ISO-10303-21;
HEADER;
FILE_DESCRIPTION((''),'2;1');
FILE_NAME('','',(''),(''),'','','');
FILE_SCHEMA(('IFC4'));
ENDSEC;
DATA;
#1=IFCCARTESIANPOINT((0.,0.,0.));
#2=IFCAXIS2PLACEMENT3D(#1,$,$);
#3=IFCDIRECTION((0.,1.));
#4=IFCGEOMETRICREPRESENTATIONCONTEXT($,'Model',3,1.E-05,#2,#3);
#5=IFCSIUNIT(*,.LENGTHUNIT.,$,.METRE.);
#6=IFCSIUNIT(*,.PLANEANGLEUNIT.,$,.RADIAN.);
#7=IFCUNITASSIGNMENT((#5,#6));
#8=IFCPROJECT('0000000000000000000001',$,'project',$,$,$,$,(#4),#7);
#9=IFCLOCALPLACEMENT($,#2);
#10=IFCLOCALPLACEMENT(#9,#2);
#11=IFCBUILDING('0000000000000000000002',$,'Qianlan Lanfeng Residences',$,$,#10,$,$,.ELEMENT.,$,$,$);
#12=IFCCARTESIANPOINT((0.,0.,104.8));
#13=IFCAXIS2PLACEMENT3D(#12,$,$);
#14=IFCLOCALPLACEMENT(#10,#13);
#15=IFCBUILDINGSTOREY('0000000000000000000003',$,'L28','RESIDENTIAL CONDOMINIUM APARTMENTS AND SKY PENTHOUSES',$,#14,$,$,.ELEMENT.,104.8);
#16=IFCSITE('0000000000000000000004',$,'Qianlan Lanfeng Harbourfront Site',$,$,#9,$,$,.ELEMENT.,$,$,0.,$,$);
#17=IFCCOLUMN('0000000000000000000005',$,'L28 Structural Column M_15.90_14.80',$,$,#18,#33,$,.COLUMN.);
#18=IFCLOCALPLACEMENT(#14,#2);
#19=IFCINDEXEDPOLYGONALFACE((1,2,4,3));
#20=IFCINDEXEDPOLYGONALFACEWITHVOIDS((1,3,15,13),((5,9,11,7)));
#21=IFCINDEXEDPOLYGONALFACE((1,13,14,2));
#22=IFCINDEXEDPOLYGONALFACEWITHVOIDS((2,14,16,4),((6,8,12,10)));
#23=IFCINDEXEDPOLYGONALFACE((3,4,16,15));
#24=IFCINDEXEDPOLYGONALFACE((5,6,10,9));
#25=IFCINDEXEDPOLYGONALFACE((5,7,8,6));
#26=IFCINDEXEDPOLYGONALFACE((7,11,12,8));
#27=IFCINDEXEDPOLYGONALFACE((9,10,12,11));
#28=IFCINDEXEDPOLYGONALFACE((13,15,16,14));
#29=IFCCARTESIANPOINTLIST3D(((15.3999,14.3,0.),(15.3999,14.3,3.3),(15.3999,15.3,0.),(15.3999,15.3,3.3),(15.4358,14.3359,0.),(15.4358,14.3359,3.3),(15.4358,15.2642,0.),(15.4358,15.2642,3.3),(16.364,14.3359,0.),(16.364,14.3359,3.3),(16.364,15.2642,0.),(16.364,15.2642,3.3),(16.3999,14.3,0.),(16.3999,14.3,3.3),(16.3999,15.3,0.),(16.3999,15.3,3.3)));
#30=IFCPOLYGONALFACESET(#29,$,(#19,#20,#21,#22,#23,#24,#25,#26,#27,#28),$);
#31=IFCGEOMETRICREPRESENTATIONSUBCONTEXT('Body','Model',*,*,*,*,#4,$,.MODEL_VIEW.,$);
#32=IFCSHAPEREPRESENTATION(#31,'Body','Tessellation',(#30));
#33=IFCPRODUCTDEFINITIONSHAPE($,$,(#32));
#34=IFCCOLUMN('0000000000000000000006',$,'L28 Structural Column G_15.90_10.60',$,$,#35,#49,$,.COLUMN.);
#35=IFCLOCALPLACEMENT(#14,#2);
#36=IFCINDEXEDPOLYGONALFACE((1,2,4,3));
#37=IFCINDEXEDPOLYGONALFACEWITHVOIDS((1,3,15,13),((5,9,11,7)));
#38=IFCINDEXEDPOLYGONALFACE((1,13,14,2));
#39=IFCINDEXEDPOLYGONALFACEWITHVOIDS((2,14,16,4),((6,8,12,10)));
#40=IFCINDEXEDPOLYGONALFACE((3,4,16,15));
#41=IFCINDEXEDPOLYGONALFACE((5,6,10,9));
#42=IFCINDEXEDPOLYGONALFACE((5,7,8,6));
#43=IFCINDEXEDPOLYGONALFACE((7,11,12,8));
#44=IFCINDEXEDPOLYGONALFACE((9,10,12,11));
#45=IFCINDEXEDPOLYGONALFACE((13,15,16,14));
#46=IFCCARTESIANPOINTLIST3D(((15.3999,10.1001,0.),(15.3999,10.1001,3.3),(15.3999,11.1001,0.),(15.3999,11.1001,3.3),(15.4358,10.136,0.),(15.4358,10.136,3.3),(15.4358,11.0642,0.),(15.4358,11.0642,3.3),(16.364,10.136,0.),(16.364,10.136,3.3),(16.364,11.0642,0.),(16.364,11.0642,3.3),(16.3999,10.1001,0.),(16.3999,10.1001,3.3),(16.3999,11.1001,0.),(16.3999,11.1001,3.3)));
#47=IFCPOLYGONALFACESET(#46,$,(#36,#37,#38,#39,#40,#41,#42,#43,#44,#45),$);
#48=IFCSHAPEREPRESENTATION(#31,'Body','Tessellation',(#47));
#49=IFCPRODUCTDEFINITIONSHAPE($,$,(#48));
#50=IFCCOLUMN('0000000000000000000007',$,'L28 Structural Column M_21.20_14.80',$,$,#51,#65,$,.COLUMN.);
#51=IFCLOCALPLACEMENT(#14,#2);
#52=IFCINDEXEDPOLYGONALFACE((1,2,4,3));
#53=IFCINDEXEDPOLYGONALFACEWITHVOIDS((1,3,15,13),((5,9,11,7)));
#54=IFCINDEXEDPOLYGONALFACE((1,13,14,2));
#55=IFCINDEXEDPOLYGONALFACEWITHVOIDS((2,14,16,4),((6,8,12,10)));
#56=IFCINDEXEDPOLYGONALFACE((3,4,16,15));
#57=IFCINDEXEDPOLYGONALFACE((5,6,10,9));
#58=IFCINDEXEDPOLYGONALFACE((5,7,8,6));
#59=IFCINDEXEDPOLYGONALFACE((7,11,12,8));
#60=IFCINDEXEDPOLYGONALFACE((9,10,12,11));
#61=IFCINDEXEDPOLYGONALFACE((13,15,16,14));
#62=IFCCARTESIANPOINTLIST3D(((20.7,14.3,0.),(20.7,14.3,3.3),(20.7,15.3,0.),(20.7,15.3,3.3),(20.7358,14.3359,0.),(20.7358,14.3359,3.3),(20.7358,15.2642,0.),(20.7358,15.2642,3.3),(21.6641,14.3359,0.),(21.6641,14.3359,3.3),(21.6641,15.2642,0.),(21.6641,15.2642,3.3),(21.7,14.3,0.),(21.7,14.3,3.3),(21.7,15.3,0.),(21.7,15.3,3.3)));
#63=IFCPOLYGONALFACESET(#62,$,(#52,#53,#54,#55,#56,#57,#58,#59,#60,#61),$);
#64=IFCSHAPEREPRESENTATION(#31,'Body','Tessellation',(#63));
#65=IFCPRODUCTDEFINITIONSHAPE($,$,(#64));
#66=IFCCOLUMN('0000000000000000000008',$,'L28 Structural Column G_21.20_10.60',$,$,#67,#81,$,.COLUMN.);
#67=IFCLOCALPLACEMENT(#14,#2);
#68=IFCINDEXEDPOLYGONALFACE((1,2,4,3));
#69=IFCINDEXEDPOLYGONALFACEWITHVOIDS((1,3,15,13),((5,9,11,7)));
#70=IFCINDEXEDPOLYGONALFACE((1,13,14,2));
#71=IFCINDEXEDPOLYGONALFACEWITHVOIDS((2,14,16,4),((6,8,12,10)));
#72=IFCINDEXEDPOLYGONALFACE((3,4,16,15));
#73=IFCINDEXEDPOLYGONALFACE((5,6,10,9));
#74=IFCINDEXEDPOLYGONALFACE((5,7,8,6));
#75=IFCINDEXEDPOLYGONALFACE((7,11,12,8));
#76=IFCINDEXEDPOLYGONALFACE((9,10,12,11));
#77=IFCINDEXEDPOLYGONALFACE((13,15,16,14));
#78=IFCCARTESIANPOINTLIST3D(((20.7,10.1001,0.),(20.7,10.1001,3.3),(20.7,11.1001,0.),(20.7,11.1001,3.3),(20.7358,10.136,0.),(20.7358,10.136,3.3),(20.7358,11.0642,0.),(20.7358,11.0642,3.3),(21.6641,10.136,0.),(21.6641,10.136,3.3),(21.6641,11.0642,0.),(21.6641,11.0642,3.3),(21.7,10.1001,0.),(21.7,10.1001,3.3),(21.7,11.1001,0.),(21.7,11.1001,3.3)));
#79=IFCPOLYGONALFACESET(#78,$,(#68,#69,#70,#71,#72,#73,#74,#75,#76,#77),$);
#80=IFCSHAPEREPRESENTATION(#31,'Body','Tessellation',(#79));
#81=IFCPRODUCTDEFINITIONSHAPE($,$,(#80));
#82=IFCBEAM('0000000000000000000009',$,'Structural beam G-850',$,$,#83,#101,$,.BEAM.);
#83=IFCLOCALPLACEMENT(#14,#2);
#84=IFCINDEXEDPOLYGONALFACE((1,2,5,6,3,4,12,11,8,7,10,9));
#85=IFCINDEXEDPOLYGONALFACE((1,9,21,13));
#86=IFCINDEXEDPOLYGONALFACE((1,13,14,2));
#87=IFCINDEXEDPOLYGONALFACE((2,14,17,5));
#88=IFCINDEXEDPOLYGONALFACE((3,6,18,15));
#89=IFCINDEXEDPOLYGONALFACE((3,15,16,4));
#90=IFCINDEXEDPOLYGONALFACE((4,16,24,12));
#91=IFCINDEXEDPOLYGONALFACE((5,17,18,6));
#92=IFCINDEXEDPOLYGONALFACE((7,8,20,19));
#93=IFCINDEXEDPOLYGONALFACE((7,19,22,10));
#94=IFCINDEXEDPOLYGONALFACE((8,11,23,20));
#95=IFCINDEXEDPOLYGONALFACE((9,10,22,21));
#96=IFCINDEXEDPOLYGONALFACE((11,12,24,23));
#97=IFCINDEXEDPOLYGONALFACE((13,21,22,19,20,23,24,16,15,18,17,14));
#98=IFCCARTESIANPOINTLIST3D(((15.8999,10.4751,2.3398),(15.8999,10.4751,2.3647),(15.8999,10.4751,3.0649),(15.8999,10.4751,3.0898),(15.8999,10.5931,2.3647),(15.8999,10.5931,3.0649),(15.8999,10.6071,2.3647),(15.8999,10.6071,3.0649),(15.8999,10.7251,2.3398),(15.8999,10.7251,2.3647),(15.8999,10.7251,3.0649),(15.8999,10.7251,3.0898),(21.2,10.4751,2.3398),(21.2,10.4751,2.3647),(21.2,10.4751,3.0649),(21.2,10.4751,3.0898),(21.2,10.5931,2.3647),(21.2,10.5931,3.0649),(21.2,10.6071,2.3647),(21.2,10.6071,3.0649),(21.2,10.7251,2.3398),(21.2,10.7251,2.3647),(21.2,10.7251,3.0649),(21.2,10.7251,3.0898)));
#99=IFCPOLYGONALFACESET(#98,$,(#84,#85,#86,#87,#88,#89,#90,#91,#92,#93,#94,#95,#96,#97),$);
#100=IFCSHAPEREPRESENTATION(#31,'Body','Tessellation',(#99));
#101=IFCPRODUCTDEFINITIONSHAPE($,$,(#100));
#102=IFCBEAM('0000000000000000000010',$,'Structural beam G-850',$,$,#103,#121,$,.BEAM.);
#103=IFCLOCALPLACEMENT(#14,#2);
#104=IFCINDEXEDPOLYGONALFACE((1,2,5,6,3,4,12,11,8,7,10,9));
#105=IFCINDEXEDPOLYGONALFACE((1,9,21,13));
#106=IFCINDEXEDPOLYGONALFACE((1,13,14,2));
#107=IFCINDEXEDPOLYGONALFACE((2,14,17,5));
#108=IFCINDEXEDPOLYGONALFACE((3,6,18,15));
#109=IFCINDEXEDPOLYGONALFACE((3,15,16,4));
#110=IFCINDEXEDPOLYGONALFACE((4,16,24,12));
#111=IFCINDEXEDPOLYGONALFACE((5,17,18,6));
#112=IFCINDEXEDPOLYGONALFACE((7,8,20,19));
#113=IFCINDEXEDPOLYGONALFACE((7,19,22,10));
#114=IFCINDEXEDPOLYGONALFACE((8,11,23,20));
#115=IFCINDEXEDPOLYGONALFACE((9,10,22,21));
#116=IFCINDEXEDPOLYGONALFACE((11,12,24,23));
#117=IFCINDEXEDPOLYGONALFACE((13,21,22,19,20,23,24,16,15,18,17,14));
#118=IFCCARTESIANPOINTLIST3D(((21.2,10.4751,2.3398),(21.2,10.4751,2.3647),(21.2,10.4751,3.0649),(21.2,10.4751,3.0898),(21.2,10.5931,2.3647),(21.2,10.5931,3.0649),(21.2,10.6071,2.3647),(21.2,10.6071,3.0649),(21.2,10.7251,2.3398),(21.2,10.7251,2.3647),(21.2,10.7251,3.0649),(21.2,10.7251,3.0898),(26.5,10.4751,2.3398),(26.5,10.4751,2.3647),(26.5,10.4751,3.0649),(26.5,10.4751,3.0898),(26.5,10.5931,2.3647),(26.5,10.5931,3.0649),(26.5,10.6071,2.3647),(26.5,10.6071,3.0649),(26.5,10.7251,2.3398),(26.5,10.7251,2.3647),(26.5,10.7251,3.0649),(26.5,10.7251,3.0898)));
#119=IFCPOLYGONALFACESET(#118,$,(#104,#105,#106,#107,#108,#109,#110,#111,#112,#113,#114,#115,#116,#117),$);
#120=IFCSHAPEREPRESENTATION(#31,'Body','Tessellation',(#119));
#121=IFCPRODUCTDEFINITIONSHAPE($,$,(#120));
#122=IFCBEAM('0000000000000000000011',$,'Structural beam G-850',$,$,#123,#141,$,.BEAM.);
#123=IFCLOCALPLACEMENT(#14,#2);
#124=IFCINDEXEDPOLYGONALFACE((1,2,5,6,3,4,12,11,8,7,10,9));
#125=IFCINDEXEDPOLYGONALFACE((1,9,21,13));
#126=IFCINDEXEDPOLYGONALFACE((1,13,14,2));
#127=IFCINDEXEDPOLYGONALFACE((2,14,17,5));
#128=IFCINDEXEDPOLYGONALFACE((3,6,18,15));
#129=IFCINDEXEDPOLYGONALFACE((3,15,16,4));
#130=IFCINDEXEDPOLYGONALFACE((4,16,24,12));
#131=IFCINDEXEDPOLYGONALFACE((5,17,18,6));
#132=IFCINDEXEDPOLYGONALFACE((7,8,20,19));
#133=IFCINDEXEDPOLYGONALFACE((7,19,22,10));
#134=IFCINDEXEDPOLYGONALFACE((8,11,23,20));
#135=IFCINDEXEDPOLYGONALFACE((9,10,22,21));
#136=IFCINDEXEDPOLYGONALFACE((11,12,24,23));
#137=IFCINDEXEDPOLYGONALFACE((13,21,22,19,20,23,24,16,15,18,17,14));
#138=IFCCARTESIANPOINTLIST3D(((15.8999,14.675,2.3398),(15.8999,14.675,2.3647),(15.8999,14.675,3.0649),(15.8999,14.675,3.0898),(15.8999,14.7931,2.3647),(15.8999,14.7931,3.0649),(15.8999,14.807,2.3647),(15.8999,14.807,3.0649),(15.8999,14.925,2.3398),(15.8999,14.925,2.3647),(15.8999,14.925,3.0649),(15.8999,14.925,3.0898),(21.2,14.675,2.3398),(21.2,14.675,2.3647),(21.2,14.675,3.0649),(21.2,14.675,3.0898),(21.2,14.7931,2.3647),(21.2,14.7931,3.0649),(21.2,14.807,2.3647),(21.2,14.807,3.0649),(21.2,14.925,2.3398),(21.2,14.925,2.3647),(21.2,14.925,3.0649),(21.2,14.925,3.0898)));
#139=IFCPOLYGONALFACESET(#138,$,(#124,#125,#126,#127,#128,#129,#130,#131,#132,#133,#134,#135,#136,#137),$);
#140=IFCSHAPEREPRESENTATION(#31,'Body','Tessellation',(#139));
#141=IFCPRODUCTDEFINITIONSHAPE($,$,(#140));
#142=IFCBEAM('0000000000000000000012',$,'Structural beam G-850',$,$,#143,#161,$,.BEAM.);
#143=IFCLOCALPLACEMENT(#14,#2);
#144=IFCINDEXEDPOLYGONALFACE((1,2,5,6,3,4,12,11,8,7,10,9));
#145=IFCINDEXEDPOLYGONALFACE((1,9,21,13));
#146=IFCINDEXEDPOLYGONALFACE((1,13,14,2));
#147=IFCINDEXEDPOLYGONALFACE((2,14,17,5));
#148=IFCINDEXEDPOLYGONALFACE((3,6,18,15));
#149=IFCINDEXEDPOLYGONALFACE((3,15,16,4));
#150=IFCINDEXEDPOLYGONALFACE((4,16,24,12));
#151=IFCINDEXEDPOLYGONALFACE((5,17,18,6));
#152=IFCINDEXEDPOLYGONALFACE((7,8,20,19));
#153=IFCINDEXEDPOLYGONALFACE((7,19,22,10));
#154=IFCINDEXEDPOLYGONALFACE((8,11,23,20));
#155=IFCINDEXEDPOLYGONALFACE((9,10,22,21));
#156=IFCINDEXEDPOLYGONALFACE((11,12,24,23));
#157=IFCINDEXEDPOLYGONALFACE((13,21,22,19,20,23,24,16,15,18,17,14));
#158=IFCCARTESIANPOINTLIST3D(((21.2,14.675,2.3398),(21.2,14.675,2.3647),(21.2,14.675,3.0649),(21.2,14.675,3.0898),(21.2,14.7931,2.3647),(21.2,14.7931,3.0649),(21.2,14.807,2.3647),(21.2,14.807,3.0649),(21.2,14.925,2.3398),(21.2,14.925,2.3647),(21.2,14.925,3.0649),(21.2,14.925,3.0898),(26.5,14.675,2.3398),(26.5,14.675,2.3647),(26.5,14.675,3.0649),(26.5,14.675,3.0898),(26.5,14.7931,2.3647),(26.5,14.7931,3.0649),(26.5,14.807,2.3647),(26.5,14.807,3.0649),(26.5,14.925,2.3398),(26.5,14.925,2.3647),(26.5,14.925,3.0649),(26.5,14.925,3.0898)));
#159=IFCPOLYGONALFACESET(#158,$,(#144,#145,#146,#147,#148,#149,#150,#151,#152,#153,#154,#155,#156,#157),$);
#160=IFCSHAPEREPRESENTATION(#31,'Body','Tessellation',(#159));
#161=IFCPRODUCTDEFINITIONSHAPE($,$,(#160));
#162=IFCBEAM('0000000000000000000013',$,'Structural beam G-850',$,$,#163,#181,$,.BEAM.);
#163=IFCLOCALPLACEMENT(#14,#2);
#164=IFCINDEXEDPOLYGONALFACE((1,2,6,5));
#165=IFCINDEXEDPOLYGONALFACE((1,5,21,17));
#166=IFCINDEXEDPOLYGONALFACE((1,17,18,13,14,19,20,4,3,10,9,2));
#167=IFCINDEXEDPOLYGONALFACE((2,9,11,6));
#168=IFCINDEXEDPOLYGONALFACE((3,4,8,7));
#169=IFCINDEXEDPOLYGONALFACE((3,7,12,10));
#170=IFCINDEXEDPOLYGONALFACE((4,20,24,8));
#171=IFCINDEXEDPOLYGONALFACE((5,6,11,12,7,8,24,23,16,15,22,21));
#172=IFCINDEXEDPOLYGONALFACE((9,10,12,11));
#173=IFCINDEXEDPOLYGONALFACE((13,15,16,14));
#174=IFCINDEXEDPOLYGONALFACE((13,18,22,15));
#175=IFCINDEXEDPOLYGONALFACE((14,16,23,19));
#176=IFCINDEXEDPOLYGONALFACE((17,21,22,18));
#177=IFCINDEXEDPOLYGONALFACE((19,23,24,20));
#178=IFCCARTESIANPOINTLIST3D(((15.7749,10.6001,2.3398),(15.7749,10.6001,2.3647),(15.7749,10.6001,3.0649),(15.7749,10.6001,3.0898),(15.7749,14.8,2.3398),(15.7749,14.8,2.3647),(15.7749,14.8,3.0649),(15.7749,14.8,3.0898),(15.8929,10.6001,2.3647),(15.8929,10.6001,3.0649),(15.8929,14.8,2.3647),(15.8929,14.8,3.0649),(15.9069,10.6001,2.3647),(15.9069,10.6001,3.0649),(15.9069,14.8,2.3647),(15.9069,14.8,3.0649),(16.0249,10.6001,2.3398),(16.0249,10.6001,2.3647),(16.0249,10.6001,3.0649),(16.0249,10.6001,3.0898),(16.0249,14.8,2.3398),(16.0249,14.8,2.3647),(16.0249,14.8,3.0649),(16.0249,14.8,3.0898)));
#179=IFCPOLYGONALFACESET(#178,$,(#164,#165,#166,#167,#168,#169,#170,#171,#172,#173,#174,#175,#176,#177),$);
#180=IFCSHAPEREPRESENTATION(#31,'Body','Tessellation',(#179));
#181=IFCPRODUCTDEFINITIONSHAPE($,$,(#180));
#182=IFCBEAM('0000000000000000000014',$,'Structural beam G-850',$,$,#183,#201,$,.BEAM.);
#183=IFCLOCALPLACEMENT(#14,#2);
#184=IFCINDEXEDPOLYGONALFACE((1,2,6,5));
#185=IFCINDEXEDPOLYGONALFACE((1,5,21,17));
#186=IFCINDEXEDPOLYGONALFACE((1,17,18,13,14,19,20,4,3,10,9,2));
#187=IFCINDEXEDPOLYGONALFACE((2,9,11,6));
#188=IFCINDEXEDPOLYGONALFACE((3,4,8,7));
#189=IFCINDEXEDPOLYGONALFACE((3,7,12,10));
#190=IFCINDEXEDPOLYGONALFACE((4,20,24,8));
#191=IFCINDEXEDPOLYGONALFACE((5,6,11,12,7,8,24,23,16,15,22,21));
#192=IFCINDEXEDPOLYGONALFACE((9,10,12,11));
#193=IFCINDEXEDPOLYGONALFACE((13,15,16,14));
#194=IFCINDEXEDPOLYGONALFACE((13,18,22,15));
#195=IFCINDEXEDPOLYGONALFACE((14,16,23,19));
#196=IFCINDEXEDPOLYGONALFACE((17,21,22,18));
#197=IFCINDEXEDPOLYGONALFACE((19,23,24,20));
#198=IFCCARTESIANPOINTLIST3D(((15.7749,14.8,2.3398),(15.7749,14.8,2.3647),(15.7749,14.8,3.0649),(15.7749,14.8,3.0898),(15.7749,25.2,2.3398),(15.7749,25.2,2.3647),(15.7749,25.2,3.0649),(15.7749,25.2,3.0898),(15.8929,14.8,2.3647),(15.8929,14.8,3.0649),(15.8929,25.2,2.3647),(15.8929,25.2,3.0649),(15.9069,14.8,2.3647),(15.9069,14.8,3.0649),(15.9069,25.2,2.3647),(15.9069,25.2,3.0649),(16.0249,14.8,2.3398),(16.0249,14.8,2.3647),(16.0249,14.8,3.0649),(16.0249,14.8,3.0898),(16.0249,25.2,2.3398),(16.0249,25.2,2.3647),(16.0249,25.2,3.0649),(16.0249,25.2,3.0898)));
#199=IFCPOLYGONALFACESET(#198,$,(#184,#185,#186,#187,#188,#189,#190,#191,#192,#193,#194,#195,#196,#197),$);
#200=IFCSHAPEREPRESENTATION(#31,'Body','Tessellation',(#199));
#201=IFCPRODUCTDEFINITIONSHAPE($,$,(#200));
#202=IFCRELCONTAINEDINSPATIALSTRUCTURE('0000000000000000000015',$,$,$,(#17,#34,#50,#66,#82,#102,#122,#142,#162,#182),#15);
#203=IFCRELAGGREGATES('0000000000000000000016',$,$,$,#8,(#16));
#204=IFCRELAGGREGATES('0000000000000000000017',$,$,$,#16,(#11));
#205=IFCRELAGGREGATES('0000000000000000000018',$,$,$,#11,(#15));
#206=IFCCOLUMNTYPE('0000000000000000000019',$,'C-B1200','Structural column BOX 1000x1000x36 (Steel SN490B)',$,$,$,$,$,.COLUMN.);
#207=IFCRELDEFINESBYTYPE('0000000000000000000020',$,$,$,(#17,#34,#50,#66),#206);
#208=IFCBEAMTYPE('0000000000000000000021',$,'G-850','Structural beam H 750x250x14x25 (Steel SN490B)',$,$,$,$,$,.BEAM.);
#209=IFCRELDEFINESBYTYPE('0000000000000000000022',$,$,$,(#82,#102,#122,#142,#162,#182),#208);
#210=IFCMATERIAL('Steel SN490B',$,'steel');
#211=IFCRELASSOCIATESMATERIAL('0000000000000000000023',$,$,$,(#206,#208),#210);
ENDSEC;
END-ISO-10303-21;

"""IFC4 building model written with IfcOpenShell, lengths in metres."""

from ifc_helpers import new_model, si_unit, direction, frame, origin, origin_2d, place, context, subcontext, project, spatial, hollow_rectangle, i_section, extrude, material, material_profile, profile_set, type_object, element, save


model = new_model("IFC4")

# Units and contexts
model_context = context("Model", 3, precision=1e-05, world=origin(), true_north=direction((0.0, 1.0)))
body_context = subcontext(model_context, "Body", "Model", "MODEL_VIEW")
ifc_project = project(units=[si_unit("LENGTHUNIT", "METRE"), si_unit("PLANEANGLEUNIT", "RADIAN")], contexts=[model_context])

# Site, building, storey
site_placement = place(None, origin())
site = spatial("IfcSite", under=ifc_project, at=site_placement, Name="Qianlan Lanfeng Harbourfront Site", CompositionType="ELEMENT", RefElevation=0.0)
building_placement = place(site_placement, origin())
building = spatial("IfcBuilding", under=site, at=building_placement, Name="Qianlan Lanfeng Residences", CompositionType="ELEMENT")
storey_placement = place(building_placement, frame((0.0, 0.0, 104.8)))
storey = spatial("IfcBuildingStorey", under=building, at=storey_placement, Name="L28", Description="RESIDENTIAL CONDOMINIUM APARTMENTS AND SKY PENTHOUSES", CompositionType="ELEMENT", Elevation=104.8)

# Columns
ifc_material_1 = material(Name="Steel SN490B", Category="steel")
ifc_material_profile_1 = material_profile(ifc_material_1, hollow_rectangle(XDim=1.0, YDim=1.0, WallThickness=0.0359, at=origin_2d()), Name="BOX 1000x1000x36")
ifc_profile_set_1 = profile_set([ifc_material_profile_1], Name="Steel SN490B")
column_type = type_object("IfcColumnType", Name="C-B1200", Description="Structural column BOX 1000x1000x36 (Steel SN490B)", PredefinedType="COLUMN", material=ifc_profile_set_1)
for number, where, z_axis, x_axis, name in (
    (1, (15.8999, 14.8, 0.0), (0.0, 0.0, 1.0), (1.0, 0.0, 0.0), "L28 Structural Column M_15.90_14.80"),
    (2, (15.8999, 10.6001, 0.0), (0.0, 0.0, 1.0), (1.0, 0.0, 0.0), "L28 Structural Column G_15.90_10.60"),
    (3, (21.2, 14.8, 0.0), (0.0, 0.0, 1.0), (1.0, 0.0, 0.0), "L28 Structural Column M_21.20_14.80"),
    (4, (21.2, 10.6001, 0.0), (0.0, 0.0, 1.0), (1.0, 0.0, 0.0), "L28 Structural Column G_21.20_10.60"),
):
    element("IfcColumn", number, at=place(storey_placement, frame(where, z_axis=z_axis, x_axis=x_axis)), inside=storey, type_object=column_type, Name=name, PredefinedType="COLUMN", context=body_context, shape_type="SweptSolid", body=[
        extrude(hollow_rectangle(XDim=1.0, YDim=1.0, WallThickness=0.0359, at=origin_2d()), origin(), (0.0, 0.0, 1.0), 3.3),
    ])

# Beams
ifc_material_profile_2 = material_profile(ifc_material_1, i_section(OverallWidth=0.25, OverallDepth=0.75, WebThickness=0.0139, FlangeThickness=0.0249, at=origin_2d()), Name="H 750x250x14x25")
ifc_profile_set_2 = profile_set([ifc_material_profile_2], Name="Steel SN490B")
beam_type_1 = type_object("IfcBeamType", Name="G-850", Description="Structural beam H 750x250x14x25 (Steel SN490B)", PredefinedType="BEAM", material=ifc_profile_set_2)
for number, where, z_axis, x_axis, name in (
    (5, (15.8999, 10.6001, 2.7148), (1.0, 0.0, 0.0), (0.0, 1.0, 0.0), "Structural beam G-850"),
    (6, (21.2, 10.6001, 2.7148), (1.0, 0.0, 0.0), (0.0, 1.0, 0.0), "Structural beam G-850"),
    (7, (15.8999, 14.8, 2.7148), (1.0, 0.0, 0.0), (0.0, 1.0, 0.0), "Structural beam G-850"),
    (8, (21.2, 14.8, 2.7148), (1.0, 0.0, 0.0), (0.0, 1.0, 0.0), "Structural beam G-850"),
):
    element("IfcBeam", number, at=place(storey_placement, frame(where, z_axis=z_axis, x_axis=x_axis)), inside=storey, type_object=beam_type_1, Name=name, PredefinedType="BEAM", context=body_context, shape_type="SweptSolid", body=[
        extrude(i_section(OverallWidth=0.25, OverallDepth=0.75, WebThickness=0.0139, FlangeThickness=0.0249, at=origin_2d()), origin(), (0.0, 0.0, 1.0), 5.3),
    ])
beam_1_placement = place(storey_placement, frame((15.8999, 10.6001, 2.7148), z_axis=(0.0, 1.0, 0.0), x_axis=(-1.0, 0.0, 0.0)))
element("IfcBeam", 9, at=beam_1_placement, inside=storey, type_object=beam_type_1, Name="Structural beam G-850", PredefinedType="BEAM", context=body_context, shape_type="SweptSolid", body=[
    extrude(i_section(OverallWidth=0.25, OverallDepth=0.75, WebThickness=0.0139, FlangeThickness=0.0249, at=origin_2d()), origin(), (0.0, 0.0, 1.0), 4.2),
])
beam_2_placement = place(storey_placement, frame((15.8999, 14.8, 2.7148), z_axis=(0.0, 1.0, 0.0), x_axis=(-1.0, 0.0, 0.0)))
element("IfcBeam", 10, at=beam_2_placement, inside=storey, type_object=beam_type_1, Name="Structural beam G-850", PredefinedType="BEAM", context=body_context, shape_type="SweptSolid", body=[
    extrude(i_section(OverallWidth=0.25, OverallDepth=0.75, WebThickness=0.0139, FlangeThickness=0.0249, at=origin_2d()), origin(), (0.0, 0.0, 1.0), 10.3999),
])

save(model, "model.ifc")
